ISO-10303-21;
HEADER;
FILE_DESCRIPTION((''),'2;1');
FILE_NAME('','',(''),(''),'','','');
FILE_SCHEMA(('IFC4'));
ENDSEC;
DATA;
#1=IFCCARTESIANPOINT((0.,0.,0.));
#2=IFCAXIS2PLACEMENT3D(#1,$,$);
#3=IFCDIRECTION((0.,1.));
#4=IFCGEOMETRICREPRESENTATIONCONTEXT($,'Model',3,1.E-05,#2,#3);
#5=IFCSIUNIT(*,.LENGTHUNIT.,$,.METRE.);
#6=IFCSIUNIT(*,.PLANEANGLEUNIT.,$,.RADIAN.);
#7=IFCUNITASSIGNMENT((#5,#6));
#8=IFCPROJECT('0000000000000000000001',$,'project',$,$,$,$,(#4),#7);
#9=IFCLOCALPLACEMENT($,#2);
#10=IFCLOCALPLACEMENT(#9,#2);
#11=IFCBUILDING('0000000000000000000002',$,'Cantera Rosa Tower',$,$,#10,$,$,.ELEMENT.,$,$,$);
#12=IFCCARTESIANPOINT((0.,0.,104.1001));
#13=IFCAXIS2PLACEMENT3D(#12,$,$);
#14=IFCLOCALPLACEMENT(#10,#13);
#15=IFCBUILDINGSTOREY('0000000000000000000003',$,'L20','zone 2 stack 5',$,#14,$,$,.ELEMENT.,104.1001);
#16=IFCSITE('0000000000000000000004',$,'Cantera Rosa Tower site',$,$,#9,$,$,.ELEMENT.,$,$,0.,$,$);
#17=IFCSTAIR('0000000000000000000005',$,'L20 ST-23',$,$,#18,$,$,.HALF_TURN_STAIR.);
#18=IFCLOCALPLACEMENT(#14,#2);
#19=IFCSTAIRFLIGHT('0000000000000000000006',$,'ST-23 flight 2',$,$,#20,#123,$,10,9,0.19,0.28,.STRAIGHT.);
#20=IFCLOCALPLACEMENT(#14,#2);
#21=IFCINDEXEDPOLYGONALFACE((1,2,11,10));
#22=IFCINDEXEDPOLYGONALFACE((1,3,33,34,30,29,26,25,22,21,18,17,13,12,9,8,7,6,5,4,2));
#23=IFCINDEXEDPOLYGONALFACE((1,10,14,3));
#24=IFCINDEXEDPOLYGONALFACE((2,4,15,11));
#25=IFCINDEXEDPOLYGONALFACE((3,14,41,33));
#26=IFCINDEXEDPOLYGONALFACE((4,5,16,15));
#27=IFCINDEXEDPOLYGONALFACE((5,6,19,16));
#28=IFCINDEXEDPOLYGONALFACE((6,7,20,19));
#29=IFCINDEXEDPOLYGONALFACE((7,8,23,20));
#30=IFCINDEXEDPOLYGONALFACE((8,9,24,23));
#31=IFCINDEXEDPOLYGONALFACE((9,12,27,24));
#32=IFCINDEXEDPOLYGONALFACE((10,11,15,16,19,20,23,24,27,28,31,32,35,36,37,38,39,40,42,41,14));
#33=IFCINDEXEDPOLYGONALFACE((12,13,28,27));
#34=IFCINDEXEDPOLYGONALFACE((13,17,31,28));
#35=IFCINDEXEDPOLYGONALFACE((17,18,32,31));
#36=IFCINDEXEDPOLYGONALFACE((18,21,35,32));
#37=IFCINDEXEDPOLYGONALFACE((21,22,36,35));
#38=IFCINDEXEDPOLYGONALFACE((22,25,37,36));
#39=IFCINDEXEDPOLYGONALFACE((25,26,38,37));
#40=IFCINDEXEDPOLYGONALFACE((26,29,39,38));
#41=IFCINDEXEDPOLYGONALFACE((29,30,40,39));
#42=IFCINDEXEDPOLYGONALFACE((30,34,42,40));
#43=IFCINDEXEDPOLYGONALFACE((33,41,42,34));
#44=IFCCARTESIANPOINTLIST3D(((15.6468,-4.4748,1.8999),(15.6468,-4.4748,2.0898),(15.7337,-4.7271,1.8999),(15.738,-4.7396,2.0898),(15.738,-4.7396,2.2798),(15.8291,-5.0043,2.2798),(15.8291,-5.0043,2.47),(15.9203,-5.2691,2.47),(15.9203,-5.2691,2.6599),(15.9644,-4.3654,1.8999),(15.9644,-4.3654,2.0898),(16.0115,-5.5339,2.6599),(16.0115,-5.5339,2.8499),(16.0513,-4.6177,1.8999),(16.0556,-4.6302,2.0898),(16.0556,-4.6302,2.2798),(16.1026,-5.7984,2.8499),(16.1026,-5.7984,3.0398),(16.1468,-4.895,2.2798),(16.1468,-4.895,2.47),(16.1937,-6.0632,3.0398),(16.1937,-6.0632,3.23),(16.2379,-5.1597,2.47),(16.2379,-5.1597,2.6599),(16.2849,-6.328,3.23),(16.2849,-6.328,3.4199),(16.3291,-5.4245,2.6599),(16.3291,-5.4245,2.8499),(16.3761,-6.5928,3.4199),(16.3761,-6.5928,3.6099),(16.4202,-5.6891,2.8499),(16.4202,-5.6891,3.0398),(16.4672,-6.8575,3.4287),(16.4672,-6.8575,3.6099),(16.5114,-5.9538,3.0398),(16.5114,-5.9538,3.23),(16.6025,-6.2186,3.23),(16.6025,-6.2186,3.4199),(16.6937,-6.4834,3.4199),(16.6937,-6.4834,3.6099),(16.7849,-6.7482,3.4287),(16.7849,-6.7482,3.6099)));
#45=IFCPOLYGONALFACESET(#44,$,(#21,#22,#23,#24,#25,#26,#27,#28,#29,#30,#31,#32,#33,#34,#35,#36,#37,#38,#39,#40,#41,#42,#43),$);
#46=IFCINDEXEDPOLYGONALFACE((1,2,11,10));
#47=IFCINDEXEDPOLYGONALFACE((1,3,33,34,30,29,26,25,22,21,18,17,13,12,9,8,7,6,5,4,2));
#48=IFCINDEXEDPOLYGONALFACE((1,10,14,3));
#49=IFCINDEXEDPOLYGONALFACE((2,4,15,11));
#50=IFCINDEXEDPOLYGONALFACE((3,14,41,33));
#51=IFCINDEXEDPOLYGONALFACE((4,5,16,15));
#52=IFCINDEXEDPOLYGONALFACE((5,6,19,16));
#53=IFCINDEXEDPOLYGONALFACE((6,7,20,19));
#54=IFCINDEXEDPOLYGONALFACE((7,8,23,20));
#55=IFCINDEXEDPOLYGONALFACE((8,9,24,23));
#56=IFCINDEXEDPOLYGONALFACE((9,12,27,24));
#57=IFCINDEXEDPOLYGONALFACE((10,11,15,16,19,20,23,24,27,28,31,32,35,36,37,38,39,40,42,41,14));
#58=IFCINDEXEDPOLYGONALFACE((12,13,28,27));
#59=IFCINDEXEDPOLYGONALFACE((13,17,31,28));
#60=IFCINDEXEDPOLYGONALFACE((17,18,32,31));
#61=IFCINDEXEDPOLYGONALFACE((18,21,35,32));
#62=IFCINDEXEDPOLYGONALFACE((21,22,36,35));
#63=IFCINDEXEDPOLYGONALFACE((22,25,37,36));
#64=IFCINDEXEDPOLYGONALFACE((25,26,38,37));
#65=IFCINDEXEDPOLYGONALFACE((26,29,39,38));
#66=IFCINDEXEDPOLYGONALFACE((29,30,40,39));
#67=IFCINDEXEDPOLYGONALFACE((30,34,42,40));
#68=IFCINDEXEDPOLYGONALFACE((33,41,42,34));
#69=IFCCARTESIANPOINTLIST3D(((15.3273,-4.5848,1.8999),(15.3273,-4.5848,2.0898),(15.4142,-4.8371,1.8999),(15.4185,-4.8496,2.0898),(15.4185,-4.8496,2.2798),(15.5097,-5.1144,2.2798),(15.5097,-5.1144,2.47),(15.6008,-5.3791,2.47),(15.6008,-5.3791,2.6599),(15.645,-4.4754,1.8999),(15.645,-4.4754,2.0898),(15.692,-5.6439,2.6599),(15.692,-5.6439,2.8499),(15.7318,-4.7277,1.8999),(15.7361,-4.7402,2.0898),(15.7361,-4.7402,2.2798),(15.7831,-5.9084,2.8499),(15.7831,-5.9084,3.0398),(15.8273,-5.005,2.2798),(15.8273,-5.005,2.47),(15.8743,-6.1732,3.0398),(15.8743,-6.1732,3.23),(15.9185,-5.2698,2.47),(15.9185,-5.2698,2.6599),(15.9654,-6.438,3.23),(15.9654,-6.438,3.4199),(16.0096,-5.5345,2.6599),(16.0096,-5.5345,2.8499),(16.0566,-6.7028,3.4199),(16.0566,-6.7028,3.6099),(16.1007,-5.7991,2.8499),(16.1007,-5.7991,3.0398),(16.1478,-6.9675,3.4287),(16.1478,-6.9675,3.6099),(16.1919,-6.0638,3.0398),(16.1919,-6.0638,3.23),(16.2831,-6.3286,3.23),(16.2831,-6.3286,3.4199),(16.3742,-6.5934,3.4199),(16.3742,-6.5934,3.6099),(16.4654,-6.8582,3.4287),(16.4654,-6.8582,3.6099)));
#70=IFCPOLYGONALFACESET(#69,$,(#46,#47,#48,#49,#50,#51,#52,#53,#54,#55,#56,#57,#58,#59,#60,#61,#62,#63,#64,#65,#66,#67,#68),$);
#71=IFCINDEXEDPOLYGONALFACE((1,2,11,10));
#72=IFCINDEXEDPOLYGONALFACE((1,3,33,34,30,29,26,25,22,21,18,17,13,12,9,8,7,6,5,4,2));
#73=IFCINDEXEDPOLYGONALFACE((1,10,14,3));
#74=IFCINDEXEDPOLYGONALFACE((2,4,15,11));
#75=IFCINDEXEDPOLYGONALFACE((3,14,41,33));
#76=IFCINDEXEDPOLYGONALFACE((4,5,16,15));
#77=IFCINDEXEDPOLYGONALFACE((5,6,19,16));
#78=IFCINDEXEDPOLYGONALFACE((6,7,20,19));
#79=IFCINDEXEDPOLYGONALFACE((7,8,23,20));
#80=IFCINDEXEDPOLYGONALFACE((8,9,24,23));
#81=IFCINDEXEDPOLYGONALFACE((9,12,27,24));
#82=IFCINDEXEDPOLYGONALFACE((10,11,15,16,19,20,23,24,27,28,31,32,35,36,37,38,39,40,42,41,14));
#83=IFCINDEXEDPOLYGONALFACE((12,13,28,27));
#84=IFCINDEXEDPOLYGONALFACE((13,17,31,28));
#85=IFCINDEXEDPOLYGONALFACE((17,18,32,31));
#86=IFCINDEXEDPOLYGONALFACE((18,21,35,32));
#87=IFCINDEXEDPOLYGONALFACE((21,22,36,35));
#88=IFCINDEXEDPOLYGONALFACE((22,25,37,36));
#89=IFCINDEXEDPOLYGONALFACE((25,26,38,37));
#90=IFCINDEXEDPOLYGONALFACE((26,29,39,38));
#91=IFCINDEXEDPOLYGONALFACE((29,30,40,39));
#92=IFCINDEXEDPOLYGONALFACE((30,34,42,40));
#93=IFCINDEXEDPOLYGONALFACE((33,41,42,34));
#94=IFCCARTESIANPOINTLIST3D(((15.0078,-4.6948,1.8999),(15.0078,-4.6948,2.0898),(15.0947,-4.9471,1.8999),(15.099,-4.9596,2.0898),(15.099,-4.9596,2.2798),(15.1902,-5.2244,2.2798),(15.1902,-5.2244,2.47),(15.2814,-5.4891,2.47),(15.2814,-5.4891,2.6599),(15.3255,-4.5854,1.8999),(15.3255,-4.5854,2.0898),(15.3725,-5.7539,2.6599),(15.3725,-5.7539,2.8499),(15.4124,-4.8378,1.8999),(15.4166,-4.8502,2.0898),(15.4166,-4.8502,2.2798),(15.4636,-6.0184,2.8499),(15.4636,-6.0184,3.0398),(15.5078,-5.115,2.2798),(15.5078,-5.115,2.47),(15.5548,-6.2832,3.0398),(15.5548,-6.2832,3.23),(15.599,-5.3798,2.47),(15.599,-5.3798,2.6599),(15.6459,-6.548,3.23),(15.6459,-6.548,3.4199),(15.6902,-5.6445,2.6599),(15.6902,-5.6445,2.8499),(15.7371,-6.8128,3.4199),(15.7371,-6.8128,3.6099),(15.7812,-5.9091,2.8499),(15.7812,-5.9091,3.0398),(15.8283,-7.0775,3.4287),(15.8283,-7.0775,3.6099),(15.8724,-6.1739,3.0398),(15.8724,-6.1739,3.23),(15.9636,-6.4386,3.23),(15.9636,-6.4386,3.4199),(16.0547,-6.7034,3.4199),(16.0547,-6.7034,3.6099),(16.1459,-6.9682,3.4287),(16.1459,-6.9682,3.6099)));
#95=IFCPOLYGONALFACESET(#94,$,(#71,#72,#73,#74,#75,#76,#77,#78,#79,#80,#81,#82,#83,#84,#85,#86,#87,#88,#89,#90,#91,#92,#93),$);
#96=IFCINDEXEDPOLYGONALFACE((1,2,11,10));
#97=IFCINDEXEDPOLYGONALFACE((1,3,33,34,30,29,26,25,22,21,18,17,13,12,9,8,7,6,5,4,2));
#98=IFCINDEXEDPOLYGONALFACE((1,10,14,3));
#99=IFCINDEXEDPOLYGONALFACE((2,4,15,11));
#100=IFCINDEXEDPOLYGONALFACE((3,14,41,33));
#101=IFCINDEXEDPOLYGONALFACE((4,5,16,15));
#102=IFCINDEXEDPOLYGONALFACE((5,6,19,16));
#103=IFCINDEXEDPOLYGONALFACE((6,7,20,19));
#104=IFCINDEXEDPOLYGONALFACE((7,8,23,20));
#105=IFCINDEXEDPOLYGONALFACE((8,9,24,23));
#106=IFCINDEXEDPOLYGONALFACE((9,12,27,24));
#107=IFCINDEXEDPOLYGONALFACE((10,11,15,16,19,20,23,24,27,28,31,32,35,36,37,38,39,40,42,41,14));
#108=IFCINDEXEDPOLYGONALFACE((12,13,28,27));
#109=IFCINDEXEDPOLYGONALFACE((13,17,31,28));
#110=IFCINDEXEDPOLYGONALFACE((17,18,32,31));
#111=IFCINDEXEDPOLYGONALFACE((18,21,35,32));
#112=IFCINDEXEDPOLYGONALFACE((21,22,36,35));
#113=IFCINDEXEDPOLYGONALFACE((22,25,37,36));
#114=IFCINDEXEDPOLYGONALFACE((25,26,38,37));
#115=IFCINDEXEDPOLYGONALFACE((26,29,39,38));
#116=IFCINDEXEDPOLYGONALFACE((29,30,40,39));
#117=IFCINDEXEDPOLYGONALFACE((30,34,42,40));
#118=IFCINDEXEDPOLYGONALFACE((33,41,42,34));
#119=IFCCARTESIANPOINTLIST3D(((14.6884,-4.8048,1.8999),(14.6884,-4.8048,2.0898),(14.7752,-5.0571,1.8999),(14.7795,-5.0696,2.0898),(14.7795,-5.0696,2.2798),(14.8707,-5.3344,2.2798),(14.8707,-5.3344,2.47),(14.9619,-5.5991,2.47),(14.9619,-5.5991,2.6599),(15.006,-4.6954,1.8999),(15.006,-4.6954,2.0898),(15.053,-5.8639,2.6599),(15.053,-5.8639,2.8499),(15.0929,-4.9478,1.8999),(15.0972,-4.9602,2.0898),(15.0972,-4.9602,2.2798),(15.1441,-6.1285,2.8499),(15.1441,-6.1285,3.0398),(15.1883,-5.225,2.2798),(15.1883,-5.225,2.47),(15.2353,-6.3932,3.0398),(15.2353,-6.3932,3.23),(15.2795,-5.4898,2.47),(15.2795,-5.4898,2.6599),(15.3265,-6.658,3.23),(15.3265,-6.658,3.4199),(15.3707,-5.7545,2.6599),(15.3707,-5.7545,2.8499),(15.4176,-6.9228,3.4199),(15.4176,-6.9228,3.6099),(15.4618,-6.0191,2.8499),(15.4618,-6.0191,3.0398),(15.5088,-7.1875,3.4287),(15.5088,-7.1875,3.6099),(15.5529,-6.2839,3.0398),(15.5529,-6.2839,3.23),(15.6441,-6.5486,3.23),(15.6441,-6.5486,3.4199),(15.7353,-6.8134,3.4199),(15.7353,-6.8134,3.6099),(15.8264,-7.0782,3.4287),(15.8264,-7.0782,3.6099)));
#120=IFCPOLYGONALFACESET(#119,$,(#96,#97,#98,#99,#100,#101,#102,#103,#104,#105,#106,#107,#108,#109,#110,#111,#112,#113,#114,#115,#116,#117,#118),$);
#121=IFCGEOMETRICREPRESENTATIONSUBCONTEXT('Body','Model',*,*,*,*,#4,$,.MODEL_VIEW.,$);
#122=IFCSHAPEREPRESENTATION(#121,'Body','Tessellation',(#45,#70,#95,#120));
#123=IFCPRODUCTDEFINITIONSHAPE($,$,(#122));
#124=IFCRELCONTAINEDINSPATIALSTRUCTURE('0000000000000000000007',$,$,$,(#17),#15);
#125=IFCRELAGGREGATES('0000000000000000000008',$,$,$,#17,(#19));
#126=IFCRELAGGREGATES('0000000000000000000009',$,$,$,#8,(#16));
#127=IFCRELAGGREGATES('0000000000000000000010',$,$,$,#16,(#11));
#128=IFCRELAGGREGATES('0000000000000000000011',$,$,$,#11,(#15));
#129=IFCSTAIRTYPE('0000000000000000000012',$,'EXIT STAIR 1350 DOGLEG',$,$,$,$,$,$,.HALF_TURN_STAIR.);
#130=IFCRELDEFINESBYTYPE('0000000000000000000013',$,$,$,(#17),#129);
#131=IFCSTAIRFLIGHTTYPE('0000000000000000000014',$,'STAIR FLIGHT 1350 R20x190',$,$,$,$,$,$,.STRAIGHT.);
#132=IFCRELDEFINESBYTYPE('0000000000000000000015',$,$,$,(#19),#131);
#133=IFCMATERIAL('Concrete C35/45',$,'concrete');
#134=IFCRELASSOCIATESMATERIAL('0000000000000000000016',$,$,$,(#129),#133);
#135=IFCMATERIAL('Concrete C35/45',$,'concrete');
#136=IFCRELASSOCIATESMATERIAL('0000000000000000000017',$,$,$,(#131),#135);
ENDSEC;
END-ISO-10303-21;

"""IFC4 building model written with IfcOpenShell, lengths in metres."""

from ifc_helpers import new_model, si_unit, direction, frame, origin, place, context, subcontext, project, spatial, polyline, outline, extrude, material, type_object, element, aggregate, save


model = new_model("IFC4")

# Units and contexts
model_context = context("Model", 3, precision=1e-05, world=origin(), true_north=direction((0.0, 1.0)))
body_context = subcontext(model_context, "Body", "Model", "MODEL_VIEW")
ifc_project = project(units=[si_unit("LENGTHUNIT", "METRE"), si_unit("PLANEANGLEUNIT", "RADIAN")], contexts=[model_context])

# Site, building, storey
site_placement = place(None, origin())
site = spatial("IfcSite", under=ifc_project, at=site_placement, Name="Cantera Rosa Tower site", CompositionType="ELEMENT", RefElevation=0.0)
building_placement = place(site_placement, origin())
building = spatial("IfcBuilding", under=site, at=building_placement, Name="Cantera Rosa Tower", CompositionType="ELEMENT")
storey_placement = place(building_placement, frame((0.0, 0.0, 104.1001)))
storey = spatial("IfcBuildingStorey", under=building, at=storey_placement, Name="L20", Description="zone 2 stack 5", CompositionType="ELEMENT", Elevation=104.1001)

# Stair, stair flight
ifc_material_1 = material(Name="Concrete C35/45", Category="concrete")
stair_type = type_object("IfcStairType", Name="EXIT STAIR 1350 DOGLEG", PredefinedType="HALF_TURN_STAIR", material=ifc_material_1)
stair_placement = place(storey_placement, origin())
stair = element("IfcStair", 1, at=stair_placement, inside=storey, type_object=stair_type, Name="L20 ST-23", PredefinedType="HALF_TURN_STAIR")
ifc_material_2 = material(Name="Concrete C35/45", Category="concrete")
stair_flight_type = type_object("IfcStairFlightType", Name="STAIR FLIGHT 1350 R20x190", PredefinedType="STRAIGHT", material=ifc_material_2)
stair_flight_1_placement = place(storey_placement, frame((15.3262, -4.5852, 1.8999), z_axis=(0.0, 0.0, 1.0), x_axis=(0.325568, -0.945519, 0.0)))
stair_flight_1 = element("IfcStairFlight", 2, at=stair_flight_1_placement, type_object=stair_flight_type, Name="ST-23 flight 2", NumberOfRisers=10, NumberOfTreads=9, PredefinedType="STRAIGHT", RiserHeight=0.19, TreadLength=0.28, context=body_context, shape_type="SweptSolid", body=[
    extrude(outline(polyline([(0.0, 0.0), (0.0, 0.1899), (0.28, 0.1899), (0.28, 0.3799), (0.5601, 0.3799), (0.5601, 0.5701), (0.8401, 0.5701), (0.8401, 0.76), (1.1201, 0.76), (1.1201, 0.95), (1.3999, 0.95), (1.3999, 1.1399), (1.6799, 1.1399), (1.6799, 1.3301), (1.96, 1.3301), (1.96, 1.52), (2.24, 1.52), (2.24, 1.71), (2.52, 1.71), (2.52, 1.8999), (2.52, 1.5288), (0.2668, 0.0), (0.0, 0.0)])), frame((0.0, 0.675, 0.0), z_axis=(0.0, -1.0, 0.0), x_axis=(1.0, 0.0, 0.0)), (0.0, 0.0, 1.0), 0.3359),
    extrude(outline(polyline([(0.0, 0.0), (0.0, 0.1899), (0.28, 0.1899), (0.28, 0.3799), (0.5601, 0.3799), (0.5601, 0.5701), (0.8401, 0.5701), (0.8401, 0.76), (1.1201, 0.76), (1.1201, 0.95), (1.3999, 0.95), (1.3999, 1.1399), (1.6799, 1.1399), (1.6799, 1.3301), (1.96, 1.3301), (1.96, 1.52), (2.24, 1.52), (2.24, 1.71), (2.52, 1.71), (2.52, 1.8999), (2.52, 1.5288), (0.2668, 0.0), (0.0, 0.0)])), frame((0.0, 0.3372, 0.0), z_axis=(0.0, -1.0, 0.0), x_axis=(1.0, 0.0, 0.0)), (0.0, 0.0, 1.0), 0.3359),
    extrude(outline(polyline([(0.0, 0.0), (0.0, 0.1899), (0.28, 0.1899), (0.28, 0.3799), (0.5601, 0.3799), (0.5601, 0.5701), (0.8401, 0.5701), (0.8401, 0.76), (1.1201, 0.76), (1.1201, 0.95), (1.3999, 0.95), (1.3999, 1.1399), (1.6799, 1.1399), (1.6799, 1.3301), (1.96, 1.3301), (1.96, 1.52), (2.24, 1.52), (2.24, 1.71), (2.52, 1.71), (2.52, 1.8999), (2.52, 1.5288), (0.2668, 0.0), (0.0, 0.0)])), frame((0.0, -0.0007, 0.0), z_axis=(0.0, -1.0, 0.0), x_axis=(1.0, 0.0, 0.0)), (0.0, 0.0, 1.0), 0.3359),
    extrude(outline(polyline([(0.0, 0.0), (0.0, 0.1899), (0.28, 0.1899), (0.28, 0.3799), (0.5601, 0.3799), (0.5601, 0.5701), (0.8401, 0.5701), (0.8401, 0.76), (1.1201, 0.76), (1.1201, 0.95), (1.3999, 0.95), (1.3999, 1.1399), (1.6799, 1.1399), (1.6799, 1.3301), (1.96, 1.3301), (1.96, 1.52), (2.24, 1.52), (2.24, 1.71), (2.52, 1.71), (2.52, 1.8999), (2.52, 1.5288), (0.2668, 0.0), (0.0, 0.0)])), frame((0.0, -0.3386, 0.0), z_axis=(0.0, -1.0, 0.0), x_axis=(1.0, 0.0, 0.0)), (0.0, 0.0, 1.0), 0.3359),
])
aggregate(stair, [stair_flight_1])

save(model, "model.ifc")
